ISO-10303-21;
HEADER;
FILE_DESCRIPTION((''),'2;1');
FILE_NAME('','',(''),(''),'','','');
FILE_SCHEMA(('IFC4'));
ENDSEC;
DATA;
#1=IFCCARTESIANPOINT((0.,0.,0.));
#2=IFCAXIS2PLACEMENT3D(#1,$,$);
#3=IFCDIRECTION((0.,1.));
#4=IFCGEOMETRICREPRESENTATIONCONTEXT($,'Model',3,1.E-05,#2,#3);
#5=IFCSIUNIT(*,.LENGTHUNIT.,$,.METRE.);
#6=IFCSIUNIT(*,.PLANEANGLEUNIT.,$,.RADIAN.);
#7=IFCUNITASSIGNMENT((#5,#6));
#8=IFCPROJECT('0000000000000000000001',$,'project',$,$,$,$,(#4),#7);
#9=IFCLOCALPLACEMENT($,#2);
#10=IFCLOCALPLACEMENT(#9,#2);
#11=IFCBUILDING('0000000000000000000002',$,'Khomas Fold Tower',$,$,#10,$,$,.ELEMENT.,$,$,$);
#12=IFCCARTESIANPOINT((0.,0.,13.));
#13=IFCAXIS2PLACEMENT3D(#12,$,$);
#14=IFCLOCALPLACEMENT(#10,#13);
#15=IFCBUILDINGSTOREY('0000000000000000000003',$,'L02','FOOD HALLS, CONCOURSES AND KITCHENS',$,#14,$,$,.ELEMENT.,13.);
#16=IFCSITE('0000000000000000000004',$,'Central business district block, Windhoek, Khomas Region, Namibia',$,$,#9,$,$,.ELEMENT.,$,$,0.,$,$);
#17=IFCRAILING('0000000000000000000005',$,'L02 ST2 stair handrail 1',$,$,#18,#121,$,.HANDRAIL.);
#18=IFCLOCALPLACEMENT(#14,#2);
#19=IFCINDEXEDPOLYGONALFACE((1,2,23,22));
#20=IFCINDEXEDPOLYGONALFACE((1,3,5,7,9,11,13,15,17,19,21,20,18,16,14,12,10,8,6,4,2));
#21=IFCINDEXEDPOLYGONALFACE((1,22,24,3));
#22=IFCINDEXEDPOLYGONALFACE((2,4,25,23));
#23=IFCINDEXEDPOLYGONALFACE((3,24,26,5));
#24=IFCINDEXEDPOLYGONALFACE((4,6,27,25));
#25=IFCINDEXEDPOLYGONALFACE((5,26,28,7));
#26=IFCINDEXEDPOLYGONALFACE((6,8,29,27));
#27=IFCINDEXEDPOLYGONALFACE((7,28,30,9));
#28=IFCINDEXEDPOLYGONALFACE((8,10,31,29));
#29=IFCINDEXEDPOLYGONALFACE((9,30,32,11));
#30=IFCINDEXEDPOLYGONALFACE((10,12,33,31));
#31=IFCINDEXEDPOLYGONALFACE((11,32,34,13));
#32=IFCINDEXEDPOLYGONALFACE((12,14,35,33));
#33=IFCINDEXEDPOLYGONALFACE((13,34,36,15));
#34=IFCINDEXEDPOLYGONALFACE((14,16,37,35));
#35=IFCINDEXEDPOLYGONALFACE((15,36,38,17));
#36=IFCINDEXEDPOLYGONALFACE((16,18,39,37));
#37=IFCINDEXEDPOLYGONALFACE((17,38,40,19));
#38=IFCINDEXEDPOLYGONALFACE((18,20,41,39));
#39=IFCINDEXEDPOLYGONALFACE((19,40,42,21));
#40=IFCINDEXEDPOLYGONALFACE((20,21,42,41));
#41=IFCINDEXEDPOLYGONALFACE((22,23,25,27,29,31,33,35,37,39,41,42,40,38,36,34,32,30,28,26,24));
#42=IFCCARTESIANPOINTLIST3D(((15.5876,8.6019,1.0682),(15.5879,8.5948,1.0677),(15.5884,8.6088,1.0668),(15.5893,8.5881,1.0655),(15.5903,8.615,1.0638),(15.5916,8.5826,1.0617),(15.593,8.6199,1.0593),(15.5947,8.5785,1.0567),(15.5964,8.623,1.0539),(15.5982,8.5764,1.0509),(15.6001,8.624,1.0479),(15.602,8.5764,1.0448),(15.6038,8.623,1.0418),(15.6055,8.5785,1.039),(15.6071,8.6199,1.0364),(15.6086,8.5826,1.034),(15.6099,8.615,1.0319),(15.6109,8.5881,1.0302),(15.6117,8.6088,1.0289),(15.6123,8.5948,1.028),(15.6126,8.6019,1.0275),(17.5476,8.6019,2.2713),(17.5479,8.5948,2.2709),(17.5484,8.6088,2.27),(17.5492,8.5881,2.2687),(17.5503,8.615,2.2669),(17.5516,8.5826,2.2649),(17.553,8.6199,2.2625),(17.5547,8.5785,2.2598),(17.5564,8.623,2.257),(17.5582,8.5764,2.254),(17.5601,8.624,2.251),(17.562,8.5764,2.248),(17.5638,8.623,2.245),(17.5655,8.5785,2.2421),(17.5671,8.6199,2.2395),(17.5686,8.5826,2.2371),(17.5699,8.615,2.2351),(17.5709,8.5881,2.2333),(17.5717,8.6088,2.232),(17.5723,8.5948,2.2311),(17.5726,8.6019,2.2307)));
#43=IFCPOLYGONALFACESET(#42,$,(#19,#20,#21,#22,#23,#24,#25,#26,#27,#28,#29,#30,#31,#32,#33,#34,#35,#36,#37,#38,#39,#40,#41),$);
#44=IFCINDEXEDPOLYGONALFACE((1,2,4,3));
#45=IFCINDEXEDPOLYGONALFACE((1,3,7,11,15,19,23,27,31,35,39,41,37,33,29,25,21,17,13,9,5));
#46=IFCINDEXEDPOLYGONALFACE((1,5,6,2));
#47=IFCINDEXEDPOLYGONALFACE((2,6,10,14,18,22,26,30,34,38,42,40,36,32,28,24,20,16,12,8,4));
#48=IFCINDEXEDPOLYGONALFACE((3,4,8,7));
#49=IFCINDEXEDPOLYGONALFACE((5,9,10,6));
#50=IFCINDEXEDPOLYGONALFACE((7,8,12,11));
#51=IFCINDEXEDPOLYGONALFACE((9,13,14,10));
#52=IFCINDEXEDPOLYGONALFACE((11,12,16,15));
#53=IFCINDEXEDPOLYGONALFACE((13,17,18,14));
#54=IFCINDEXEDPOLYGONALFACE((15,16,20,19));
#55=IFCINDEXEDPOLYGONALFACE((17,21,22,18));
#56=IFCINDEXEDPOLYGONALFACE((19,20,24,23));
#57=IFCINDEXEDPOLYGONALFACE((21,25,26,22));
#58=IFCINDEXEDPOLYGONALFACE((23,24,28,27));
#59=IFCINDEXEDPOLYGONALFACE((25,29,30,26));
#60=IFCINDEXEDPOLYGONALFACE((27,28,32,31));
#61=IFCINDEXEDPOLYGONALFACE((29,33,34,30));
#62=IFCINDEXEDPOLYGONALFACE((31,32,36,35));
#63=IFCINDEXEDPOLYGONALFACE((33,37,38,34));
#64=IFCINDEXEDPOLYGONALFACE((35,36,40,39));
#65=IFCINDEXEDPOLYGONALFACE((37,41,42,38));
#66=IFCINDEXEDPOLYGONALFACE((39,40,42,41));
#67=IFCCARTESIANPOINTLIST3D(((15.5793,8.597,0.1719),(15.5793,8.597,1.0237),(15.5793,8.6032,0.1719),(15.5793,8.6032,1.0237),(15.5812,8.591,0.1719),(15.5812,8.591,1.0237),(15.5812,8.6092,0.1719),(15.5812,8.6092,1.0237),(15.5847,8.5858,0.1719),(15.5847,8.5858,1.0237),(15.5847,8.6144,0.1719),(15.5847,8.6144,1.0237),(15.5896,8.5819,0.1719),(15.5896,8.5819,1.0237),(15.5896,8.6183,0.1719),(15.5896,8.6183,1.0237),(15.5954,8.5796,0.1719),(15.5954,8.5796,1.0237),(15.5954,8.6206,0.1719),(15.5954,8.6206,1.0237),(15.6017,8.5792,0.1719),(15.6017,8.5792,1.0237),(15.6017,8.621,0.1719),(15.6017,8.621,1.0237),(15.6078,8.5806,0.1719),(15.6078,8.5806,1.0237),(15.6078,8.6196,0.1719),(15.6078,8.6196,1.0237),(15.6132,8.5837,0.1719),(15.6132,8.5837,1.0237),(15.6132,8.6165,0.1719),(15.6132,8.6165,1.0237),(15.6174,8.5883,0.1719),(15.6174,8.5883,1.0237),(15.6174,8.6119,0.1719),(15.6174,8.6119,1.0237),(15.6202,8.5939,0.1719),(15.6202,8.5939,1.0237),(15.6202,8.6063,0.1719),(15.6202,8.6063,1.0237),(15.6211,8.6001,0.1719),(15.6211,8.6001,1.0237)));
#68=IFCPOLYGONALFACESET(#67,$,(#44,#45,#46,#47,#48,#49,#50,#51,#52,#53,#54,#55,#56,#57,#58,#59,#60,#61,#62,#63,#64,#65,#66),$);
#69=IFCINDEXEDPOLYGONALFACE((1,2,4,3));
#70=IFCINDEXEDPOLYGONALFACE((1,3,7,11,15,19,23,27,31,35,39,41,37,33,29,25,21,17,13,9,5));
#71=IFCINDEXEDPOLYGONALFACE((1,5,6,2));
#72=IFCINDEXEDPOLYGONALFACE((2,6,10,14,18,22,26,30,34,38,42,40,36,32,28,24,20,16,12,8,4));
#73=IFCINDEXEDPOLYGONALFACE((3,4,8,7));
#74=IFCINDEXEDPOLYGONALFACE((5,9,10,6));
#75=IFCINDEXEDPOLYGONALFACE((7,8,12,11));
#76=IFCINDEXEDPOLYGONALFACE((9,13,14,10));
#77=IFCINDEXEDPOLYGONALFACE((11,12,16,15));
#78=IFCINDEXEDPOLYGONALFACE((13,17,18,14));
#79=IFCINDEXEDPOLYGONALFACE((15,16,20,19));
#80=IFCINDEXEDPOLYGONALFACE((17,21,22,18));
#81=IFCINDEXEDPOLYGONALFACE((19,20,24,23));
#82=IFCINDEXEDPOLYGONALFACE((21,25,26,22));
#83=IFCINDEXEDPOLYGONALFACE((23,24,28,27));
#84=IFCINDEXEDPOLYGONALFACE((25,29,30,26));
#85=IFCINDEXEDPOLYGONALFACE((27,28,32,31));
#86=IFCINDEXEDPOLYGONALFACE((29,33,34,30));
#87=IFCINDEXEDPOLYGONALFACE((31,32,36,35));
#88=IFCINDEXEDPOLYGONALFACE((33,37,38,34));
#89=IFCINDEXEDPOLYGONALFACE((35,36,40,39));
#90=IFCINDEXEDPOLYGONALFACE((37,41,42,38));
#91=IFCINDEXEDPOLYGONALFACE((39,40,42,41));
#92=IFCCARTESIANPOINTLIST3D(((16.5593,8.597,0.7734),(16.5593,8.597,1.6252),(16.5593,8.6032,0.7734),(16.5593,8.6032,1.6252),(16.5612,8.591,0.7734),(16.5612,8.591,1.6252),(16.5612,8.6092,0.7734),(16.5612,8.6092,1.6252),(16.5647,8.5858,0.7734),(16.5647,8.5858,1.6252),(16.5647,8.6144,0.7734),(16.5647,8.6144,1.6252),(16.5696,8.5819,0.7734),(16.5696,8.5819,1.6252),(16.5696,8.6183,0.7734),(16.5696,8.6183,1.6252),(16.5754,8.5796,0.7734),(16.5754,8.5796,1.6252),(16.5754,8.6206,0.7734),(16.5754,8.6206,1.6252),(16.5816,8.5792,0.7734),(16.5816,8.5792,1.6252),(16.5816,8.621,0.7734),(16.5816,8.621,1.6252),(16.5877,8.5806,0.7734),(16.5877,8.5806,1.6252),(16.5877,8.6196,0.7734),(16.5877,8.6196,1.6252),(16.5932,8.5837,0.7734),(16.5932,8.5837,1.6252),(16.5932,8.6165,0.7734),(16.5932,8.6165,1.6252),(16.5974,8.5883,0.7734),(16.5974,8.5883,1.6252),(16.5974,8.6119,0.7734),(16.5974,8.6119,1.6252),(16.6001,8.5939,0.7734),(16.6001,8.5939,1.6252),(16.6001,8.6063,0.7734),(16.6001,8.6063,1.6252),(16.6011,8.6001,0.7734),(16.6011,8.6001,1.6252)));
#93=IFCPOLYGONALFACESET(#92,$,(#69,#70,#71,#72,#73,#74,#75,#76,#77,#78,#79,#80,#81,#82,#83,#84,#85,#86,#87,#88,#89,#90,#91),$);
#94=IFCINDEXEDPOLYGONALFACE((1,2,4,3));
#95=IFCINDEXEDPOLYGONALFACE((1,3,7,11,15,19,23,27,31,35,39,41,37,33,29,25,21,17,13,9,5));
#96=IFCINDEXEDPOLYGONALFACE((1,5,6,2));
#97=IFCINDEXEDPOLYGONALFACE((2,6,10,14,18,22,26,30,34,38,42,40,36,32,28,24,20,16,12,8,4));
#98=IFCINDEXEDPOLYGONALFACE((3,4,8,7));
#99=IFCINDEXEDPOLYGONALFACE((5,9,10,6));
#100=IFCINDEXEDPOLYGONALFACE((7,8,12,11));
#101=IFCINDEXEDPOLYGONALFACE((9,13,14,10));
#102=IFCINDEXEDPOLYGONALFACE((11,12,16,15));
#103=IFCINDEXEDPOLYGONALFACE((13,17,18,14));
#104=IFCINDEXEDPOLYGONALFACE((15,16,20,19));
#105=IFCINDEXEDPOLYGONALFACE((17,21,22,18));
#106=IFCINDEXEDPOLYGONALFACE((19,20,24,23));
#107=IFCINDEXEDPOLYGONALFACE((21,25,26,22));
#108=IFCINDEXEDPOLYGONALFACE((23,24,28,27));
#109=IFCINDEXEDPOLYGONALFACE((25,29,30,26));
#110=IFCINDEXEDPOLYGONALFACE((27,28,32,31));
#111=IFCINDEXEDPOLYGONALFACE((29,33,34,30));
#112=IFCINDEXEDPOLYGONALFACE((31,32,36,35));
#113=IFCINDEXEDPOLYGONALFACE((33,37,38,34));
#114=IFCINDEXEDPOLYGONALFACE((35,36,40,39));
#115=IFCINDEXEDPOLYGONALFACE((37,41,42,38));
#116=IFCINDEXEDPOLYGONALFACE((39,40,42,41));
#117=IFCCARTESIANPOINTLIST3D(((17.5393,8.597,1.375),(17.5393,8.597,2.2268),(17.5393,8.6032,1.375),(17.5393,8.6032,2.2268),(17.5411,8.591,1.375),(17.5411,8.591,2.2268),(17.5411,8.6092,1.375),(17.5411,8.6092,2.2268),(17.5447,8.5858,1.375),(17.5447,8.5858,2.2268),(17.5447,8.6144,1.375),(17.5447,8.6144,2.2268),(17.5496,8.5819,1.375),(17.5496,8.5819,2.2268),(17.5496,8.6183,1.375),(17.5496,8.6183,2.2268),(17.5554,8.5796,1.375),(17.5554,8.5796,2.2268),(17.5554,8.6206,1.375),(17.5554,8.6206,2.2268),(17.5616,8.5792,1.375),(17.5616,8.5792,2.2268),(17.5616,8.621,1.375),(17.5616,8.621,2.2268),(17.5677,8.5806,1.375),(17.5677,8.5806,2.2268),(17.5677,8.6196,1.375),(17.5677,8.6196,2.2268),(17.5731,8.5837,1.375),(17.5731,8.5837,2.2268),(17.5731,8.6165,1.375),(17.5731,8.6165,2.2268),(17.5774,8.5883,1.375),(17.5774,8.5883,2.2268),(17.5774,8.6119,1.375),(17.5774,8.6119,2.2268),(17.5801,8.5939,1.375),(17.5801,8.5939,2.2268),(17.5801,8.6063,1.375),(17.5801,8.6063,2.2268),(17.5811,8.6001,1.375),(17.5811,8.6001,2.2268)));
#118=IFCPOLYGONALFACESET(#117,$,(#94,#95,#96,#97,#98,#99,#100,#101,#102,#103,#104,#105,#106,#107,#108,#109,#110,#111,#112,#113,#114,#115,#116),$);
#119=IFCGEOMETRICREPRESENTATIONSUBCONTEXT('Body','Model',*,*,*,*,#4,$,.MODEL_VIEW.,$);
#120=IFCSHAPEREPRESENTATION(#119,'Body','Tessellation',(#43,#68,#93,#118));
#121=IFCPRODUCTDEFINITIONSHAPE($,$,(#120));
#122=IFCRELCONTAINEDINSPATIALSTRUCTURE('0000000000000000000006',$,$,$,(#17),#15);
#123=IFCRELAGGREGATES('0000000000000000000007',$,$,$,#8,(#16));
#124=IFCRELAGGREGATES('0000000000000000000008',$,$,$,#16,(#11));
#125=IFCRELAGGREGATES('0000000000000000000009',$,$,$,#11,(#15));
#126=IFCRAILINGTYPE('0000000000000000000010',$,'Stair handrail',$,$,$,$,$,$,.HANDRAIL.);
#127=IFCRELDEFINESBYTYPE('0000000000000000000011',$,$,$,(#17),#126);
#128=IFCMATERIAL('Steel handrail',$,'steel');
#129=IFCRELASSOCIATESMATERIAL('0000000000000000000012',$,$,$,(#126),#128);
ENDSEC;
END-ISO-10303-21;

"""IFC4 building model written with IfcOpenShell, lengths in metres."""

from ifc_helpers import new_model, si_unit, direction, frame, origin, origin_2d, place, context, subcontext, project, spatial, circle, extrude, source, transform, mapped, material, type_object, element, save


model = new_model("IFC4")

# Units and contexts
model_context = context("Model", 3, precision=1e-05, world=origin(), true_north=direction((0.0, 1.0)))
body_context = subcontext(model_context, "Body", "Model", "MODEL_VIEW")
ifc_project = project(units=[si_unit("LENGTHUNIT", "METRE"), si_unit("PLANEANGLEUNIT", "RADIAN")], contexts=[model_context])

# Site, building, storey
site_placement = place(None, origin())
site = spatial("IfcSite", under=ifc_project, at=site_placement, Name="Central business district block, Windhoek, Khomas Region, Namibia", CompositionType="ELEMENT", RefElevation=0.0)
building_placement = place(site_placement, origin())
building = spatial("IfcBuilding", under=site, at=building_placement, Name="Khomas Fold Tower", CompositionType="ELEMENT")
storey_placement = place(building_placement, frame((0.0, 0.0, 13.0)))
storey = spatial("IfcBuildingStorey", under=building, at=storey_placement, Name="L02", Description="FOOD HALLS, CONCOURSES AND KITCHENS", CompositionType="ELEMENT", Elevation=13.0)

# Railing
ifc_material_1 = material(Name="Steel handrail", Category="steel")
railing_type_1 = type_object("IfcRailingType", Name="Stair handrail", PredefinedType="HANDRAIL", material=ifc_material_1)
shared_shape_1 = source(origin(), body_context, "Body", "SweptSolid", [
    extrude(circle(Radius=0.0239, at=origin_2d()), frame((0.0, 0.0, 0.876), z_axis=(0.852241, 0.0, 0.523149), x_axis=(0.0, 1.0, 0.0)), (0.0, 0.0, 1.0), 2.2998),
    extrude(circle(Radius=0.021, at=origin_2d()), origin(), (0.0, 0.0, 1.0), 0.8518),
    extrude(circle(Radius=0.021, at=origin_2d()), frame((0.98, 0.0, 0.6016)), (0.0, 0.0, 1.0), 0.8518),
    extrude(circle(Radius=0.021, at=origin_2d()), frame((1.96, 0.0, 1.2031)), (0.0, 0.0, 1.0), 0.8518),
])
for number, where, name in (
    (1, (15.6001, 8.6001, 0.1719), "L02 ST2 stair handrail 1"),
):
    element("IfcRailing", number, at=place(storey_placement, frame(where)), inside=storey, type_object=railing_type_1, Name=name, PredefinedType="HANDRAIL", context=body_context, shape_type="MappedRepresentation", body=[
        mapped(shared_shape_1, transform((0.0, 0.0, 0.0))),
    ])

save(model, "model.ifc")
